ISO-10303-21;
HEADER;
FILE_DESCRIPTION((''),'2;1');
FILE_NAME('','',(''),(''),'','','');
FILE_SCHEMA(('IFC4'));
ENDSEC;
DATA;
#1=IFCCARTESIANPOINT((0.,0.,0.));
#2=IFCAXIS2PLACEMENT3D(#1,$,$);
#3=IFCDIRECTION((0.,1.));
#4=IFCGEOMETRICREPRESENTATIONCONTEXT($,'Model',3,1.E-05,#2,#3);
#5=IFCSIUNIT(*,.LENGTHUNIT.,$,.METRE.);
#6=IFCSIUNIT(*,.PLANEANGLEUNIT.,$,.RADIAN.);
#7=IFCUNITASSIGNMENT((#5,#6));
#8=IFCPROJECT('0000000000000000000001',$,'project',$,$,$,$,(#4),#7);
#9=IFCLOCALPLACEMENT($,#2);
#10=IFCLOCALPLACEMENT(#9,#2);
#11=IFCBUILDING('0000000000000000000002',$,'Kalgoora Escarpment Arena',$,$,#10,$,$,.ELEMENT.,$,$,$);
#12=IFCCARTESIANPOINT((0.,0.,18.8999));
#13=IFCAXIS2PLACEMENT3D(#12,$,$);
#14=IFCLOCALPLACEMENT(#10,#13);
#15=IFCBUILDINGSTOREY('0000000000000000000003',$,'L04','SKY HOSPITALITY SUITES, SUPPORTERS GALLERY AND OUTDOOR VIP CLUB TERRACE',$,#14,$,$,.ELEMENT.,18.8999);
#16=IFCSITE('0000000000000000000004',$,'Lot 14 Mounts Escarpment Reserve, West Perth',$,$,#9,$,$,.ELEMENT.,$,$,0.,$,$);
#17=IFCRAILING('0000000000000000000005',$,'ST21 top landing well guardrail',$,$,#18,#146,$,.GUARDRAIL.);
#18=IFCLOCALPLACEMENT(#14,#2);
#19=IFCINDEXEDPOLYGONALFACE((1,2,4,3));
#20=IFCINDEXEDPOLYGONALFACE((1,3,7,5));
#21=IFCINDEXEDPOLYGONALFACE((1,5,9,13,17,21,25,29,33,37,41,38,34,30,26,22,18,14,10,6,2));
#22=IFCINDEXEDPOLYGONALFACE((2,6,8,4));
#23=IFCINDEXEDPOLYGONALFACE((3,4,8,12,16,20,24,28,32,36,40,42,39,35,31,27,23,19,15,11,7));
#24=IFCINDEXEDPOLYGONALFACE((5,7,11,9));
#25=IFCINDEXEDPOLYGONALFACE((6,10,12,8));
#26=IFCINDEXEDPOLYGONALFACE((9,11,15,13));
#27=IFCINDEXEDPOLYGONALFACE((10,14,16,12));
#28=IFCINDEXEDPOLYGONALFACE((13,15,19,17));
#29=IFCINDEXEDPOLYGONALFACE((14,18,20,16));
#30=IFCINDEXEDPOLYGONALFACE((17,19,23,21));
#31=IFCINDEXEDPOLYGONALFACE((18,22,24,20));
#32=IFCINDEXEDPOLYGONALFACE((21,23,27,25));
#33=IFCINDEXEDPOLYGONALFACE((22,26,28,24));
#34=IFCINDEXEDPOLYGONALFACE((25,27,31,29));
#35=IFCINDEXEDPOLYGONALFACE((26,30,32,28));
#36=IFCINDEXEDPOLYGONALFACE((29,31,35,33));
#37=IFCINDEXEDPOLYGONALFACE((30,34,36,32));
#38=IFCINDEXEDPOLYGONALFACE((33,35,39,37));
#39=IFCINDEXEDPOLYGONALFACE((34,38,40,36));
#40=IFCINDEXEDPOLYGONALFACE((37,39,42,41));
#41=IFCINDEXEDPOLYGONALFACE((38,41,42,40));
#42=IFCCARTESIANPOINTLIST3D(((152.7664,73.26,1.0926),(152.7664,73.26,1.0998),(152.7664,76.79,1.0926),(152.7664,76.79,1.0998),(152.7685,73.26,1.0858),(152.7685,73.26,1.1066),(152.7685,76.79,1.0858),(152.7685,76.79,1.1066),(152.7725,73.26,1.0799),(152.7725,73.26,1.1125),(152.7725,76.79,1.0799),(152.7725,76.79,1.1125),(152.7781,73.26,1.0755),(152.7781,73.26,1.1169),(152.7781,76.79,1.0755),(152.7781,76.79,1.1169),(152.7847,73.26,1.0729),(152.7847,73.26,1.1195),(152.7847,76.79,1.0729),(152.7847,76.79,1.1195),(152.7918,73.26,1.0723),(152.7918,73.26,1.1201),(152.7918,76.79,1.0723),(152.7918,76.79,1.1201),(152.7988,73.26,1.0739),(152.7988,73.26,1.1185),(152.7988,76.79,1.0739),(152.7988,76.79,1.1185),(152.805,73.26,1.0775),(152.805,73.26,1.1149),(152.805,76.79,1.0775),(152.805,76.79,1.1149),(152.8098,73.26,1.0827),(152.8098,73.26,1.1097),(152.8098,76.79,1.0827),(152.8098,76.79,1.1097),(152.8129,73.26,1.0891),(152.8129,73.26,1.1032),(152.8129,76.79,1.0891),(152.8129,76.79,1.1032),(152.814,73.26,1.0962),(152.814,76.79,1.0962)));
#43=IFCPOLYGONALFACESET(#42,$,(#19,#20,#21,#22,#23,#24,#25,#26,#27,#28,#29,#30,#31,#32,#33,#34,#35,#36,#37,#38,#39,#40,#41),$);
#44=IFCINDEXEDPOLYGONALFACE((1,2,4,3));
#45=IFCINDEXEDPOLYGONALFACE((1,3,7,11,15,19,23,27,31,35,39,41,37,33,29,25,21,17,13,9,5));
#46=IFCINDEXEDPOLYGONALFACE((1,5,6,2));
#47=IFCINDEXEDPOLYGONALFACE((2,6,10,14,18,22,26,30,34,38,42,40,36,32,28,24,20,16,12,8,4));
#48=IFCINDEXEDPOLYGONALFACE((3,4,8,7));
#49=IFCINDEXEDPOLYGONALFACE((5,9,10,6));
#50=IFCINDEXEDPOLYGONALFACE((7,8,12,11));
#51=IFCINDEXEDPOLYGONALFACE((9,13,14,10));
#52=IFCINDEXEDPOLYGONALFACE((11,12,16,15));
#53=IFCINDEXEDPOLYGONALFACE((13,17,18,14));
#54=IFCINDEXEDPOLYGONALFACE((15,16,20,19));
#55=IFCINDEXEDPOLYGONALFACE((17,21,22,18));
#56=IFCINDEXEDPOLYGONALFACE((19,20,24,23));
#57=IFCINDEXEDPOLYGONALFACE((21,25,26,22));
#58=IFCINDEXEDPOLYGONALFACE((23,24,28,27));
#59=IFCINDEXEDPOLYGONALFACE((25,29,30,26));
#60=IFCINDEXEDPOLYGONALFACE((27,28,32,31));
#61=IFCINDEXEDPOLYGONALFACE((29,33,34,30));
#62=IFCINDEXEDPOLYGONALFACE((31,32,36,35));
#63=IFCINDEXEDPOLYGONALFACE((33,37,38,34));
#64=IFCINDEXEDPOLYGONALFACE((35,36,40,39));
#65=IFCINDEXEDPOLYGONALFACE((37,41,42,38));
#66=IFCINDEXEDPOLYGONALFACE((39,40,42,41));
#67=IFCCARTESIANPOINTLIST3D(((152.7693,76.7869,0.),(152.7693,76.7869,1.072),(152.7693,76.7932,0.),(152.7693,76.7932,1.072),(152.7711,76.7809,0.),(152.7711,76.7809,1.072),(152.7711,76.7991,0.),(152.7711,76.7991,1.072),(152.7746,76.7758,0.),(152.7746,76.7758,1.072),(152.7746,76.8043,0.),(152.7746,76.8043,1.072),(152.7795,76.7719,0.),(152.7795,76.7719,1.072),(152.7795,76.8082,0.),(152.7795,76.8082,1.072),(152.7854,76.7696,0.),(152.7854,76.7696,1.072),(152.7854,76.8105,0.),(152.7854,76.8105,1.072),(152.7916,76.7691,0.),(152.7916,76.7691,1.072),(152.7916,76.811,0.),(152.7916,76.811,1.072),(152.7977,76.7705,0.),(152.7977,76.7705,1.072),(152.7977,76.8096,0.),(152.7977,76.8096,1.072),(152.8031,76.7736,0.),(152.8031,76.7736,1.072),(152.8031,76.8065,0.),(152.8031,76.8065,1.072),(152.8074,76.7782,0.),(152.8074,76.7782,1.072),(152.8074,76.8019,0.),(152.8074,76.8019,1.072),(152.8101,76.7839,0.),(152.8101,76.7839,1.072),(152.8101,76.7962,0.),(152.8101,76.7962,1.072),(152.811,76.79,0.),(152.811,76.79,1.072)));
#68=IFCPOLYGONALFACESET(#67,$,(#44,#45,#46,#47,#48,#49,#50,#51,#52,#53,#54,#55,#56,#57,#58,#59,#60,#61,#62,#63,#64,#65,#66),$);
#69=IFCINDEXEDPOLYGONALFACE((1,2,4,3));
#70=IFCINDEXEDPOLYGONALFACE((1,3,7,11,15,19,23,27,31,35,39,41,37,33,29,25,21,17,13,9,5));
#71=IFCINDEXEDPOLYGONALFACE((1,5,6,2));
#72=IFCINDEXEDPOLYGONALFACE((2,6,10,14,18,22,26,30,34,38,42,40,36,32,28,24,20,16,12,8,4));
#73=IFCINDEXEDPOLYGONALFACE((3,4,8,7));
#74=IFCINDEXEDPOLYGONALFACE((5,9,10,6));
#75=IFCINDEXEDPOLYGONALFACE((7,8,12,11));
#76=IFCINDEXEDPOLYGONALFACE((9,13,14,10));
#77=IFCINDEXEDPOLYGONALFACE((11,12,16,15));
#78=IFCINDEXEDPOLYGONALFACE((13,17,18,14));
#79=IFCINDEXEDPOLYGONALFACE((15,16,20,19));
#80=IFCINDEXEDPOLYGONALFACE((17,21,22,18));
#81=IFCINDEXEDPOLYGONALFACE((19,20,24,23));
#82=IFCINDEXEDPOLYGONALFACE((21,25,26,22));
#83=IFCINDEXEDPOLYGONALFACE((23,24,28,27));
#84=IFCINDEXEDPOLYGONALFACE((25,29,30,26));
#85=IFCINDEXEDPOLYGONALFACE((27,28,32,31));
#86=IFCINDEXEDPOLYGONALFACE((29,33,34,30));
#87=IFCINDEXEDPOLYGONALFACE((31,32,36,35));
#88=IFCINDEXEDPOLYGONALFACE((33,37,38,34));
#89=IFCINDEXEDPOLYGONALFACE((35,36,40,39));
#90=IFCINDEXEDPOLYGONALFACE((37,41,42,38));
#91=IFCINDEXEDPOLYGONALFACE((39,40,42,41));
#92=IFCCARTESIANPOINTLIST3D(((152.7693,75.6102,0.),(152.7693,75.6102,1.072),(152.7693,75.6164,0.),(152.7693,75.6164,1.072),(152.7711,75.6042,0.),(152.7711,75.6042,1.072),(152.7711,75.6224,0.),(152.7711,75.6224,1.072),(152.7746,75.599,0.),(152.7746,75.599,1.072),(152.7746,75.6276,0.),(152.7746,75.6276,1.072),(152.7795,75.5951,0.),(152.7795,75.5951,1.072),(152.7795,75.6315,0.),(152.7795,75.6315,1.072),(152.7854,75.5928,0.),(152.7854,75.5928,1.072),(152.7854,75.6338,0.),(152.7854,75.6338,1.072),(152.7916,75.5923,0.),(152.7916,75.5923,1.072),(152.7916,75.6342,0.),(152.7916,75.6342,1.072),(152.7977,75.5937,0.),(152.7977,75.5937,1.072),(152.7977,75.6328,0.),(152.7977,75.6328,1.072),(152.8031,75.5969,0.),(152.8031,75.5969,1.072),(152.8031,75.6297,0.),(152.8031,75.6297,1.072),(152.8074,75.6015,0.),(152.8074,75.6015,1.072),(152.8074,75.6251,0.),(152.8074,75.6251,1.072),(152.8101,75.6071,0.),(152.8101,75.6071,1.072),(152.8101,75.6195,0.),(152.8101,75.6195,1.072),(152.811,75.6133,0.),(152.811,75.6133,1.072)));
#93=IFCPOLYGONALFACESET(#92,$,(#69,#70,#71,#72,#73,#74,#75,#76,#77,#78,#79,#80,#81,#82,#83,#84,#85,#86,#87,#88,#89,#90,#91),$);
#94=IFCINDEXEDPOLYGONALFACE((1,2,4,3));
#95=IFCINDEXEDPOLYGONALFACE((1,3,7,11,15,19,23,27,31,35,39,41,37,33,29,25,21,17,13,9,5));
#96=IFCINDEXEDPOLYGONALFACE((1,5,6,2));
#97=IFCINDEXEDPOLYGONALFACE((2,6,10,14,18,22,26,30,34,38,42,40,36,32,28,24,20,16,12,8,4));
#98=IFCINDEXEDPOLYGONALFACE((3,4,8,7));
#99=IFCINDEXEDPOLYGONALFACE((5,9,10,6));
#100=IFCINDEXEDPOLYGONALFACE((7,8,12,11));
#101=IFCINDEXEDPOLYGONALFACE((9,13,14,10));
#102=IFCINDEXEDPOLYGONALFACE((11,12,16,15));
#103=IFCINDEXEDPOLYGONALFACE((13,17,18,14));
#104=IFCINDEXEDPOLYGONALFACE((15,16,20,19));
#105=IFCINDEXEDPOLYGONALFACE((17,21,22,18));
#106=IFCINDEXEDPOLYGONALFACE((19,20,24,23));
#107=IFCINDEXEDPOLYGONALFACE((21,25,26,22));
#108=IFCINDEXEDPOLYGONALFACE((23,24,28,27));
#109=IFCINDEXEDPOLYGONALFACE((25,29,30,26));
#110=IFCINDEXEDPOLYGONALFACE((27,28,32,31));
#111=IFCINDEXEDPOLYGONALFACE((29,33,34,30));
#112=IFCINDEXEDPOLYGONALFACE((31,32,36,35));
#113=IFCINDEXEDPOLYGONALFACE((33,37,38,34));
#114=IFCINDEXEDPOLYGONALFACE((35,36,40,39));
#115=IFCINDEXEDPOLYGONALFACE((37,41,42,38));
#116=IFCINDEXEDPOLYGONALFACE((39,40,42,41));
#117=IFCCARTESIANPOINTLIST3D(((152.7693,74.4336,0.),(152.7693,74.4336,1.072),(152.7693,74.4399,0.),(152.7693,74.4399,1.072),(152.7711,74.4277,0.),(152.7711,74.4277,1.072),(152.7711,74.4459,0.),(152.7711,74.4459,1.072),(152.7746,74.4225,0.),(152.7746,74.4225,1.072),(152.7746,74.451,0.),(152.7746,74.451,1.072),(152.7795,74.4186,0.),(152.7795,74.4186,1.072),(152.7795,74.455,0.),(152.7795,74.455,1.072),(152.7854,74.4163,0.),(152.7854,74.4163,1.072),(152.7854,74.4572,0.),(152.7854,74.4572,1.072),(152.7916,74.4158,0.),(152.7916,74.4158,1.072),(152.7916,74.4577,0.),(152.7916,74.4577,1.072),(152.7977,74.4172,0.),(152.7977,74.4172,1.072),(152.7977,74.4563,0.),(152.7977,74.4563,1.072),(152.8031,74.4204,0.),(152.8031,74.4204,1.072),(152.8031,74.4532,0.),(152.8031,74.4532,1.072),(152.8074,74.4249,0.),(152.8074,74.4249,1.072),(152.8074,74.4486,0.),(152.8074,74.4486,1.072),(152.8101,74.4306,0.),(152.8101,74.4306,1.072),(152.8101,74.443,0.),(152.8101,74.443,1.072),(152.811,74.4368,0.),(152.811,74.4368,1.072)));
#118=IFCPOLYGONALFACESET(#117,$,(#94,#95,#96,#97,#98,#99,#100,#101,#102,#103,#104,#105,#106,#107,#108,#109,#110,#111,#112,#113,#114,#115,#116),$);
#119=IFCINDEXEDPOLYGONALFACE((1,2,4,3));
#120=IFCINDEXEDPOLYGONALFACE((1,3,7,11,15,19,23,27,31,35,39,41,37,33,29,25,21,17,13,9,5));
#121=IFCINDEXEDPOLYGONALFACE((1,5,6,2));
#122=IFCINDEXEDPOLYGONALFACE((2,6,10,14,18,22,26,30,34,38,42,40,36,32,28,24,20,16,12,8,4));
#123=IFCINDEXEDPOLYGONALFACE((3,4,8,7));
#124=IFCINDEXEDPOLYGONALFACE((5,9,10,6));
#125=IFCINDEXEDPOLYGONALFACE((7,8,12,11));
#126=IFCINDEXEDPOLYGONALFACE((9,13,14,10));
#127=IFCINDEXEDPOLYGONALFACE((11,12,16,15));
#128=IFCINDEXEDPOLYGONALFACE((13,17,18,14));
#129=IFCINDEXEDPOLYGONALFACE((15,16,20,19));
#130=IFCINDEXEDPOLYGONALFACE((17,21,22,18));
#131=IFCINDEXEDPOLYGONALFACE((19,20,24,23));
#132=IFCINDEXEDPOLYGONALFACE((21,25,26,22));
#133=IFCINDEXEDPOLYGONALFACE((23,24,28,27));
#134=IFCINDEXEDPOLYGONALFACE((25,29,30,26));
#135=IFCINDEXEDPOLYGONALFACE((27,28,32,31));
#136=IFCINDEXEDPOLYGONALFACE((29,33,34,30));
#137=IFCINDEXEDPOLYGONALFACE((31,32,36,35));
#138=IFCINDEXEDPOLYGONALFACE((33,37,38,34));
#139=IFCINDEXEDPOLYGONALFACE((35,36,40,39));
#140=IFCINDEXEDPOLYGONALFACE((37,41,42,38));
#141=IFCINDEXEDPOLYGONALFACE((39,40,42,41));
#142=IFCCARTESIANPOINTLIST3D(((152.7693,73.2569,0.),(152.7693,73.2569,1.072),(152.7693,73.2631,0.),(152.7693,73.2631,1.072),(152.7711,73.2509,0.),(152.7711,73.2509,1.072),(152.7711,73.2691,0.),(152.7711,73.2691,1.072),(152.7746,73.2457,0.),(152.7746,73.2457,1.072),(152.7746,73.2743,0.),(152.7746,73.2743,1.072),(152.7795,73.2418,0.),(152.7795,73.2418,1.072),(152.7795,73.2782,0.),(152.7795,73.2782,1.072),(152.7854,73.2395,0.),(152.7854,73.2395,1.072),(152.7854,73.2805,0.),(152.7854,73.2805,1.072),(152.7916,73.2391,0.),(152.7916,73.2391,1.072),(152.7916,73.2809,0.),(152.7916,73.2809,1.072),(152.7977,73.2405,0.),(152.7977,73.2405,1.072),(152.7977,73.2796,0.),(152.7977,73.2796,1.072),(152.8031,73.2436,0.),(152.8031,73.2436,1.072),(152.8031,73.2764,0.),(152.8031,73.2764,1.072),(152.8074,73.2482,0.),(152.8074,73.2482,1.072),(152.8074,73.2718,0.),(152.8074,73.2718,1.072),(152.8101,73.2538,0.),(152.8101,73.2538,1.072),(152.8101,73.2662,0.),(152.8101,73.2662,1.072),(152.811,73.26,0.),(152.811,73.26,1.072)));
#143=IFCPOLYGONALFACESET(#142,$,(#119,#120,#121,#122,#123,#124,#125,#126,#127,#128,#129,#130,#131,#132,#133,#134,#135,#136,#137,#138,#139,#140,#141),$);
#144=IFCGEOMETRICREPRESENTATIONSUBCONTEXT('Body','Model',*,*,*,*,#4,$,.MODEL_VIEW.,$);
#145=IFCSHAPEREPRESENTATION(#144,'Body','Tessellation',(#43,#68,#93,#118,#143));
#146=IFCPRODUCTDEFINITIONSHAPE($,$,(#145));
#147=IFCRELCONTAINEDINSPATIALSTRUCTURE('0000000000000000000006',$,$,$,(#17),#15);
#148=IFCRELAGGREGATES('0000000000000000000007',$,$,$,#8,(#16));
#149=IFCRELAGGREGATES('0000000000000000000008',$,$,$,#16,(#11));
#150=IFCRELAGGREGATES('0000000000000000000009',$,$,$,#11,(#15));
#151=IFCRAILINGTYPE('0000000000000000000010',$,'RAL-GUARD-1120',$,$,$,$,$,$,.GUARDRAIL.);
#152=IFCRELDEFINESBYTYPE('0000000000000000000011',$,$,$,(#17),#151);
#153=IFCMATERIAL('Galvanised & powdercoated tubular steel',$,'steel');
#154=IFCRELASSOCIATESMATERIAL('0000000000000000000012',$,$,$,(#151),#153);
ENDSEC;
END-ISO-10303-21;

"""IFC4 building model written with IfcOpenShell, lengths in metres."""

from ifc_helpers import new_model, si_unit, direction, frame, origin, origin_2d, place, context, subcontext, project, spatial, circle, extrude, material, type_object, element, save


model = new_model("IFC4")

# Units and contexts
model_context = context("Model", 3, precision=1e-05, world=origin(), true_north=direction((0.0, 1.0)))
body_context = subcontext(model_context, "Body", "Model", "MODEL_VIEW")
ifc_project = project(units=[si_unit("LENGTHUNIT", "METRE"), si_unit("PLANEANGLEUNIT", "RADIAN")], contexts=[model_context])

# Site, building, storey
site_placement = place(None, origin())
site = spatial("IfcSite", under=ifc_project, at=site_placement, Name="Lot 14 Mounts Escarpment Reserve, West Perth", CompositionType="ELEMENT", RefElevation=0.0)
building_placement = place(site_placement, origin())
building = spatial("IfcBuilding", under=site, at=building_placement, Name="Kalgoora Escarpment Arena", CompositionType="ELEMENT")
storey_placement = place(building_placement, frame((0.0, 0.0, 18.8999)))
storey = spatial("IfcBuildingStorey", under=building, at=storey_placement, Name="L04", Description="SKY HOSPITALITY SUITES, SUPPORTERS GALLERY AND OUTDOOR VIP CLUB TERRACE", CompositionType="ELEMENT", Elevation=18.8999)

# Railing
ifc_material_1 = material(Name="Galvanised & powdercoated tubular steel", Category="steel")
railing_type = type_object("IfcRailingType", Name="RAL-GUARD-1120", PredefinedType="GUARDRAIL", material=ifc_material_1)
railing_placement = place(storey_placement, frame((152.79, 76.79, 0.0)))
element("IfcRailing", 1, at=railing_placement, inside=storey, type_object=railing_type, Name="ST21 top landing well guardrail", PredefinedType="GUARDRAIL", context=body_context, shape_type="SweptSolid", body=[
    extrude(circle(Radius=0.0239, at=origin_2d()), frame((0.0, 0.0, 1.0962), z_axis=(0.0, -1.0, 0.0), x_axis=(1.0, 0.0, 0.0)), (0.0, 0.0, 1.0), 3.53),
    extrude(circle(Radius=0.021, at=origin_2d()), origin(), (0.0, 0.0, 1.0), 1.072),
    extrude(circle(Radius=0.021, at=origin_2d()), frame((0.0, -1.1768, 0.0)), (0.0, 0.0, 1.0), 1.072),
    extrude(circle(Radius=0.021, at=origin_2d()), frame((0.0, -2.3533, 0.0)), (0.0, 0.0, 1.0), 1.072),
    extrude(circle(Radius=0.021, at=origin_2d()), frame((0.0, -3.53, 0.0)), (0.0, 0.0, 1.0), 1.072),
])

save(model, "model.ifc")
